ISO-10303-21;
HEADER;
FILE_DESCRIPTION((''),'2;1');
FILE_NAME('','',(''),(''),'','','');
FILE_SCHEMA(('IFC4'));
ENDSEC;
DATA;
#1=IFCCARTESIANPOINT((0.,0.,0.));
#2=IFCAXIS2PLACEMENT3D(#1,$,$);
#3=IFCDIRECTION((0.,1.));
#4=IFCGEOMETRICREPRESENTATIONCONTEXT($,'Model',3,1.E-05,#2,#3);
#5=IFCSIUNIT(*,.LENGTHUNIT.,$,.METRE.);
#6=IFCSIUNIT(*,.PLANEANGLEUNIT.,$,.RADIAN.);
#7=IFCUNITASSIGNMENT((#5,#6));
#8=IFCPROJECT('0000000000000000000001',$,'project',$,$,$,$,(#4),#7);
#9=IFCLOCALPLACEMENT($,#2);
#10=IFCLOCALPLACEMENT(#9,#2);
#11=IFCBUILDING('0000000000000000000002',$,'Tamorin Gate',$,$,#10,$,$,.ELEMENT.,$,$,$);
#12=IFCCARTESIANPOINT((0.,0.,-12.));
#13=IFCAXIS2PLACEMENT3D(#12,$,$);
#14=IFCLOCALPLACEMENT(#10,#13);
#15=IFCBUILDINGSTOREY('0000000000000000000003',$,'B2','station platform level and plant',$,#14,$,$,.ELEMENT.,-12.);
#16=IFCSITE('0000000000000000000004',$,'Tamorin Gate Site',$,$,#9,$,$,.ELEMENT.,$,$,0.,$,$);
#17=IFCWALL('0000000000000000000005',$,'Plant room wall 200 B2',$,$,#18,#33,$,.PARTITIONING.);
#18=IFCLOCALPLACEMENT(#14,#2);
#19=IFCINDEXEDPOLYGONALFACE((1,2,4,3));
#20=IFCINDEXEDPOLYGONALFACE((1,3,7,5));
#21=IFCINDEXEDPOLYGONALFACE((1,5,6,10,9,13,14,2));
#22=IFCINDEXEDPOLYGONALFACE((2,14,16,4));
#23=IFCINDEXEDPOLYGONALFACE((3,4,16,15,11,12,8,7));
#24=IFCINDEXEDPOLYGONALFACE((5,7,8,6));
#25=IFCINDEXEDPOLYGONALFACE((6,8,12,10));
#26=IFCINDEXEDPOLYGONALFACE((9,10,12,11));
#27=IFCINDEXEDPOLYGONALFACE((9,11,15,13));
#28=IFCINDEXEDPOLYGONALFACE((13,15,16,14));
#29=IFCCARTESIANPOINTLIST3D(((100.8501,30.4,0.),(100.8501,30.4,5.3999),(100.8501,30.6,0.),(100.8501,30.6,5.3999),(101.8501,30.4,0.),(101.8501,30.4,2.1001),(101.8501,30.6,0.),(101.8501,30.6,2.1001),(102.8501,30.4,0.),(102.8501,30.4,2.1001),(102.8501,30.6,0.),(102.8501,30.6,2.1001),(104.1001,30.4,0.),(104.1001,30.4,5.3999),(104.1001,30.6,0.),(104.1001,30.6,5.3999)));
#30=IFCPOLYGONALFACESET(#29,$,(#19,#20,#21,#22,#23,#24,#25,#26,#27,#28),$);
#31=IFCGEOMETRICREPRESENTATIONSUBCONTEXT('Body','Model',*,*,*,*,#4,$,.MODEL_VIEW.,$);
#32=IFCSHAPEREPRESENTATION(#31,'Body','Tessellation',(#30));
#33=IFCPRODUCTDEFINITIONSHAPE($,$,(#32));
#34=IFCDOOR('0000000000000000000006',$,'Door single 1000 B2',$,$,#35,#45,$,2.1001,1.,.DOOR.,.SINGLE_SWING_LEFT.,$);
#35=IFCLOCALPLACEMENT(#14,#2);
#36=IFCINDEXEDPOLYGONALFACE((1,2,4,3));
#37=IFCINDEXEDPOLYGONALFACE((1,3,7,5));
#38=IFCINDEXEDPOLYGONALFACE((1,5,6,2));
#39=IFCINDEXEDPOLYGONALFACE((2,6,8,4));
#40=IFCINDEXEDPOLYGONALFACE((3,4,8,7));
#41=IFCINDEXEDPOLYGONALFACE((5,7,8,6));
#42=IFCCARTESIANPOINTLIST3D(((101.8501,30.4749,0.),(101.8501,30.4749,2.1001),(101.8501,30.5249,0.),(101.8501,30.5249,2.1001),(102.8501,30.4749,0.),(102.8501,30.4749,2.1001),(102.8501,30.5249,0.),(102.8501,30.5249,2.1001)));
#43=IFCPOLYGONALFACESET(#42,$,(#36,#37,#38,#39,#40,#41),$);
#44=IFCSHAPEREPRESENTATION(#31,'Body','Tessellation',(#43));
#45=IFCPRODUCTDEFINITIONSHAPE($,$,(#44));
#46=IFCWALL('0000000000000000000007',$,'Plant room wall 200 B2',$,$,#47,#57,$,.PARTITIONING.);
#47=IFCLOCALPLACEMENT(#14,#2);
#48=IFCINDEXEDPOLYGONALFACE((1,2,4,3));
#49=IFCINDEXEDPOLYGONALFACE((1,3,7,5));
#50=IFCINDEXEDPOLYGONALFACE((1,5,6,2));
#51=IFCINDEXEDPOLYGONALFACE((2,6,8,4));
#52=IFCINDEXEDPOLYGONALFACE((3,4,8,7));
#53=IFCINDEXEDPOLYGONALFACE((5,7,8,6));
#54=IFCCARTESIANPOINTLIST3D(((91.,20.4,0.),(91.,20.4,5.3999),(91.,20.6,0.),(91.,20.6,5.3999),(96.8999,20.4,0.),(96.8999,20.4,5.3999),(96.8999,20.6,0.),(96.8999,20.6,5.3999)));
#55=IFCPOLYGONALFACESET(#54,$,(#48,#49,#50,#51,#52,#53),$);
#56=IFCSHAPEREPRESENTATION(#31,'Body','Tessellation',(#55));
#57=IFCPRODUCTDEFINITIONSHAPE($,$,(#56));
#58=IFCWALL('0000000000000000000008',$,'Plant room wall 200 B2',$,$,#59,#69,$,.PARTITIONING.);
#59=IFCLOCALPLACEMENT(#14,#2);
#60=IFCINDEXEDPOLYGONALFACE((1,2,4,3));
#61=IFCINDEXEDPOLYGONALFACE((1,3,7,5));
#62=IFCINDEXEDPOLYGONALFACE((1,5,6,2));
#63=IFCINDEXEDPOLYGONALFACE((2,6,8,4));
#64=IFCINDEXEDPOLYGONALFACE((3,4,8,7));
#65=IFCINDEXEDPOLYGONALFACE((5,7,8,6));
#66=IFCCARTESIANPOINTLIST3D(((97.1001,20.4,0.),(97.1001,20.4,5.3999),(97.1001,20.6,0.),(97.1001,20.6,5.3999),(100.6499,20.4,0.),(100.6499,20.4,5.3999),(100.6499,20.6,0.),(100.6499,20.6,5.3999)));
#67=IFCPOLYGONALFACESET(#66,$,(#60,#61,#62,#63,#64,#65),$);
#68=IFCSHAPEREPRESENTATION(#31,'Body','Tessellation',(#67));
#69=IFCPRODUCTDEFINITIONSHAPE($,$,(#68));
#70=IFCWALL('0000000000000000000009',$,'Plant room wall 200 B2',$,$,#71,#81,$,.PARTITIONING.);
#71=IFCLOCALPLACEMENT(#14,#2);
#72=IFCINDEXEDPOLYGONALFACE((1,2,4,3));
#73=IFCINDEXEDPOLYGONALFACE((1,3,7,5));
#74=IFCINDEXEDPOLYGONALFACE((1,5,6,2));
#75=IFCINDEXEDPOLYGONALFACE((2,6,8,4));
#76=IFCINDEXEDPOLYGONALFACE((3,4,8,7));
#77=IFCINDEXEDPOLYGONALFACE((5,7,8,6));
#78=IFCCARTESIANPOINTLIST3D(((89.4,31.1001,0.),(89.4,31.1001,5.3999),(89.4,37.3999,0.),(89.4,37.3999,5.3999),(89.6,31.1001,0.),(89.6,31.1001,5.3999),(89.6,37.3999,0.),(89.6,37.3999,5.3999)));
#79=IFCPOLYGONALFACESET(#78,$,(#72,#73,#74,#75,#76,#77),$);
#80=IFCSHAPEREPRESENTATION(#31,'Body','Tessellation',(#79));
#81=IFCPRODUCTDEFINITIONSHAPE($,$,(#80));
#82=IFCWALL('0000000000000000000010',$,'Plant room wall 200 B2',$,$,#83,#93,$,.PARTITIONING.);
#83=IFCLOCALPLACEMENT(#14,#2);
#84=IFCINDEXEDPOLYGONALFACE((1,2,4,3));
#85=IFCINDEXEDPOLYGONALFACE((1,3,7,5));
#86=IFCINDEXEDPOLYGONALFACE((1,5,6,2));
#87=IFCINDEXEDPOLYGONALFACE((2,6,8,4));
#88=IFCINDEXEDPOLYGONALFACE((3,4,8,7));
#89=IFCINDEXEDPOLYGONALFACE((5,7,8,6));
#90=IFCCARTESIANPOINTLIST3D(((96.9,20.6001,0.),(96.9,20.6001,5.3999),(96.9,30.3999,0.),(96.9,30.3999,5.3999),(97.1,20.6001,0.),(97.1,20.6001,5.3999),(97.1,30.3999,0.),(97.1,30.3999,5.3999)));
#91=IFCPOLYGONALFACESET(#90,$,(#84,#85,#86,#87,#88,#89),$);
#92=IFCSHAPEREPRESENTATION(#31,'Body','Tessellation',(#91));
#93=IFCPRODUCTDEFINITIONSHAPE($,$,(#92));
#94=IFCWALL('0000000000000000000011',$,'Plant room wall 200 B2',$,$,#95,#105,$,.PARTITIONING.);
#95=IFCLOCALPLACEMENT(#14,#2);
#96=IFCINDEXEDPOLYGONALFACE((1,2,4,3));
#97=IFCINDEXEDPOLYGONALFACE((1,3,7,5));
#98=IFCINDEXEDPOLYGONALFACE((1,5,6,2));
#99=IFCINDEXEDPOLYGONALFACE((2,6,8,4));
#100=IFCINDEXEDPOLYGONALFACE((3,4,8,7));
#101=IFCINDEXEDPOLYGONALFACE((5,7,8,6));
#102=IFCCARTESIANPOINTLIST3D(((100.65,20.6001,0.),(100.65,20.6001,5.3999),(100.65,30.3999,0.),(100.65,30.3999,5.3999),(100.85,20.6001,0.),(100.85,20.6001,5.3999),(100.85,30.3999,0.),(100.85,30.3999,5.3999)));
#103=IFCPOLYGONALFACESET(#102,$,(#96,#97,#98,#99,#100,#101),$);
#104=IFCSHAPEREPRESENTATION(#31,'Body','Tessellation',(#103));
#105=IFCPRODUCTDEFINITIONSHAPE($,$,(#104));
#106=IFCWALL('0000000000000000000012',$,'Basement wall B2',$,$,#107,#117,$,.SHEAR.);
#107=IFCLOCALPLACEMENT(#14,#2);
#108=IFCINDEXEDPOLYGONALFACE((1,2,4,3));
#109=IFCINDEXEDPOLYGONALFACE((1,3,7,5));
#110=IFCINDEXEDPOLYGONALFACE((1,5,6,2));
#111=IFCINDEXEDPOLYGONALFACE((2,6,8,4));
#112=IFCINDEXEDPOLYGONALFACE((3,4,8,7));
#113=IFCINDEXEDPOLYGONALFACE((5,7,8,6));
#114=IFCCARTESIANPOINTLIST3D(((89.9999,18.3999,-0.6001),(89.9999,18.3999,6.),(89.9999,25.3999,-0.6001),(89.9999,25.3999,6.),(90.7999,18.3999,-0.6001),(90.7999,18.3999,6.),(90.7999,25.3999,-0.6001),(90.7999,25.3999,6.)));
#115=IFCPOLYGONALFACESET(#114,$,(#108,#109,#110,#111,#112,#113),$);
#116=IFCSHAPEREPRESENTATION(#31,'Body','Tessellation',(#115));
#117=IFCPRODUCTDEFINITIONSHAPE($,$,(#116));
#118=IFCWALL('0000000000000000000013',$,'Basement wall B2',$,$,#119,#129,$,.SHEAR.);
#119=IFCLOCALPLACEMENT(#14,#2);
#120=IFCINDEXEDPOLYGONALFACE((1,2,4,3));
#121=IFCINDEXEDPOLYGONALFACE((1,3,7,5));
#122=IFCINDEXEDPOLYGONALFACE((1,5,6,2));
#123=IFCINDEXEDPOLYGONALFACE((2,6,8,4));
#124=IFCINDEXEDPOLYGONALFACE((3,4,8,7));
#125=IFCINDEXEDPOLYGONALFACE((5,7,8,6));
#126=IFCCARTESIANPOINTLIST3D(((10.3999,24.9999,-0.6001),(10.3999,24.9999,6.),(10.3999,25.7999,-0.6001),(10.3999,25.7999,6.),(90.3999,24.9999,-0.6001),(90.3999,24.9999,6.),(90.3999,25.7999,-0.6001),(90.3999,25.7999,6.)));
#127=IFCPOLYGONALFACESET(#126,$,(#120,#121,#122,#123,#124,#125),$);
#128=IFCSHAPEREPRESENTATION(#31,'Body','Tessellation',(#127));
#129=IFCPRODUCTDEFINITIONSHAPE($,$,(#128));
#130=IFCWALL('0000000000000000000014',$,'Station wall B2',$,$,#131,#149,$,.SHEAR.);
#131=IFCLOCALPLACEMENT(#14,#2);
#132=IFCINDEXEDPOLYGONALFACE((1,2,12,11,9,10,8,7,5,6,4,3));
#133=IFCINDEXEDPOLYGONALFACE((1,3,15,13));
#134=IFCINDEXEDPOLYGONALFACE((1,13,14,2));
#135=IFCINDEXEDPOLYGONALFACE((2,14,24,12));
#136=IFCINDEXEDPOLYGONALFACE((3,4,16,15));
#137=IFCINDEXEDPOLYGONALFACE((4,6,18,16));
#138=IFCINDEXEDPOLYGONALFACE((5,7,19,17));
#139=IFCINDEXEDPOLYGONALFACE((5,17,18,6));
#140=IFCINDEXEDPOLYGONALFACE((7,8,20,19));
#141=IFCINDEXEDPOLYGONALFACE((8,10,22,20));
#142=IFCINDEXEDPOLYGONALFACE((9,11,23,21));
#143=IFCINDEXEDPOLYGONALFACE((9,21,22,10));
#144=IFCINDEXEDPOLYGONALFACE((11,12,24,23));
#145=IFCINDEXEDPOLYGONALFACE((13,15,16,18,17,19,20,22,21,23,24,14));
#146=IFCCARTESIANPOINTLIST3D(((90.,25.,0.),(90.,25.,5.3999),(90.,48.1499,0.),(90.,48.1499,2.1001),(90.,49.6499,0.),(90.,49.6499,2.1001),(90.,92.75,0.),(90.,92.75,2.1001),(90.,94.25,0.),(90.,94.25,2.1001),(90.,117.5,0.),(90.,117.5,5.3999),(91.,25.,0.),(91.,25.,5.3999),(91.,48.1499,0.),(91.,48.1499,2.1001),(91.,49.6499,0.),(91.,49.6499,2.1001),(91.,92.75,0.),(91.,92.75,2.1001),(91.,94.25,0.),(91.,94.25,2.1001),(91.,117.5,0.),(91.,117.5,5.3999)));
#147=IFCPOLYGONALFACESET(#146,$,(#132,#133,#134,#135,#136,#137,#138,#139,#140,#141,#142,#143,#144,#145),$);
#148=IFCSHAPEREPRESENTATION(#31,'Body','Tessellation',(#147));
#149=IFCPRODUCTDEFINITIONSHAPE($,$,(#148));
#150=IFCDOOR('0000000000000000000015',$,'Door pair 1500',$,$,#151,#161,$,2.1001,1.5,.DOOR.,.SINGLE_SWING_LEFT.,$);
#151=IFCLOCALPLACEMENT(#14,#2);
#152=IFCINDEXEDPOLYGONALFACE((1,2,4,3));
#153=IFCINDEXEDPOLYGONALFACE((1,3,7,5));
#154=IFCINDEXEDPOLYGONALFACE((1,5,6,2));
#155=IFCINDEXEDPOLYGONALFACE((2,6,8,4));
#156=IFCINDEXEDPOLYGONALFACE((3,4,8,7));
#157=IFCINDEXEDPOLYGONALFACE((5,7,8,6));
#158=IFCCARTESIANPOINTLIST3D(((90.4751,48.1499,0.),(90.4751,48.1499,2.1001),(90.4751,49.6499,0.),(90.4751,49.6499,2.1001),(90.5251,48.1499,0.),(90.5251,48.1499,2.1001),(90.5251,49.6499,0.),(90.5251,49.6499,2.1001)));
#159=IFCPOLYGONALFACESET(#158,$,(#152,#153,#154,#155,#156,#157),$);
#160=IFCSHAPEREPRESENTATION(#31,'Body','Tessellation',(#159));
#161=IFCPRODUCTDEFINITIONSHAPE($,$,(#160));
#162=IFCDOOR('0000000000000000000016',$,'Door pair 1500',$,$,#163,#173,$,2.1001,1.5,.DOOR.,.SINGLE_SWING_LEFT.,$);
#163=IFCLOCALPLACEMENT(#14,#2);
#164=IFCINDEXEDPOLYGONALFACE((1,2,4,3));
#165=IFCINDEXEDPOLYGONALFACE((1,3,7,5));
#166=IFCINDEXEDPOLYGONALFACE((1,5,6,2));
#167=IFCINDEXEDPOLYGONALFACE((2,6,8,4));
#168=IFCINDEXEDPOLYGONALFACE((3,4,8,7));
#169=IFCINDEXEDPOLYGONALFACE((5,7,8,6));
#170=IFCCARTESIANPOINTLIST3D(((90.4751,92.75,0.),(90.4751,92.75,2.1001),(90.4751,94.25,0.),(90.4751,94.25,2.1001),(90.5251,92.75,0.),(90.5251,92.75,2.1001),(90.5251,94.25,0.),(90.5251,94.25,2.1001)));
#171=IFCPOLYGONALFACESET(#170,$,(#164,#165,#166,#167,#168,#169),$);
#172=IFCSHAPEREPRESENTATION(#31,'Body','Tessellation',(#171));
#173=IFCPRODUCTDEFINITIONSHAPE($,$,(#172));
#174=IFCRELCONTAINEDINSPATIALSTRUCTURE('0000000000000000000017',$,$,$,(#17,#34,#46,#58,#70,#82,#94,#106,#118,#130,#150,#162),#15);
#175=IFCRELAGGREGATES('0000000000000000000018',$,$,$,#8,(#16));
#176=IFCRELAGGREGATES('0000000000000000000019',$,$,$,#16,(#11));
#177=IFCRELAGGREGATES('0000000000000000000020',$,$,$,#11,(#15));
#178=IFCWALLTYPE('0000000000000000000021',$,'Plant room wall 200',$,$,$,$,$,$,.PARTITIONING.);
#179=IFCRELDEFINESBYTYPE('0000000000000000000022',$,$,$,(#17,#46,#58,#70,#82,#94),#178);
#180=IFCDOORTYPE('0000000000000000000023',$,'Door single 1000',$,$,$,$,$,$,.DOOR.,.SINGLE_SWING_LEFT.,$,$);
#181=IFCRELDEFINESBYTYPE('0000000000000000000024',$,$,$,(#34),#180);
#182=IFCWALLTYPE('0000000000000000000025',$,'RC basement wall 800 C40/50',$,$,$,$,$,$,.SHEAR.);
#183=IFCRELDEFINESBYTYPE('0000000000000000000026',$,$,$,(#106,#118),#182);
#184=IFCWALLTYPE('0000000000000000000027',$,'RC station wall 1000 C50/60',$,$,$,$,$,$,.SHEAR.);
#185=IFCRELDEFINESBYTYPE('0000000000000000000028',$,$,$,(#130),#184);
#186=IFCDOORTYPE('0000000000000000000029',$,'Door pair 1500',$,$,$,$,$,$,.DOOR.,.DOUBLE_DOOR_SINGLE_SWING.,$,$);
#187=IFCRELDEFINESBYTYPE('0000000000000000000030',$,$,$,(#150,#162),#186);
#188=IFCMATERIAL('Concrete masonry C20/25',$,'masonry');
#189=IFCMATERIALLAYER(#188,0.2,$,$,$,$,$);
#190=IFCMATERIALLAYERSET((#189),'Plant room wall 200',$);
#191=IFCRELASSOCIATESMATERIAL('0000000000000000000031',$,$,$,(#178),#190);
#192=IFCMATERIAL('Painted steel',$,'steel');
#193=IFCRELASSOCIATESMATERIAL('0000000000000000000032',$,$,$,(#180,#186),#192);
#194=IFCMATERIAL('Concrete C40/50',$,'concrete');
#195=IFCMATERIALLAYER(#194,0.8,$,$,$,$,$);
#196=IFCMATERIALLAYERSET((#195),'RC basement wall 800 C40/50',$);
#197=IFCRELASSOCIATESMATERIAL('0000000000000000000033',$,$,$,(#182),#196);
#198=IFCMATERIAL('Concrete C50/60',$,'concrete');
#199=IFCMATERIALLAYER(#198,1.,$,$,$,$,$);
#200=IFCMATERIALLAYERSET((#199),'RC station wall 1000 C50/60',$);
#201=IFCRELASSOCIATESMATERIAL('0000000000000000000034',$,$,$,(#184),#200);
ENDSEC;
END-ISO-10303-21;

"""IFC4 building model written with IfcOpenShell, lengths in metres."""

from ifc_helpers import new_model, si_unit, direction, frame, frame_2d, origin, place, context, subcontext, project, spatial, rectangle, extrude, material, layer, layer_set, type_object, element, fill, save


model = new_model("IFC4")

# Units and contexts
model_context = context("Model", 3, precision=1e-05, world=origin(), true_north=direction((0.0, 1.0)))
body_context = subcontext(model_context, "Body", "Model", "MODEL_VIEW")
ifc_project = project(units=[si_unit("LENGTHUNIT", "METRE"), si_unit("PLANEANGLEUNIT", "RADIAN")], contexts=[model_context])

# Site, building, storey
site_placement = place(None, origin())
site = spatial("IfcSite", under=ifc_project, at=site_placement, Name="Tamorin Gate Site", CompositionType="ELEMENT", RefElevation=0.0)
building_placement = place(site_placement, origin())
building = spatial("IfcBuilding", under=site, at=building_placement, Name="Tamorin Gate", CompositionType="ELEMENT")
storey_placement = place(building_placement, frame((0.0, 0.0, -12.0)))
storey = spatial("IfcBuildingStorey", under=building, at=storey_placement, Name="B2", Description="station platform level and plant", CompositionType="ELEMENT", Elevation=-12.0)

# Shared definitions
ifc_material_1 = material(Name="Concrete C40/50", Category="concrete")

# Shared definitions
ifc_material_2 = material(Name="Concrete masonry C20/25", Category="masonry")
ifc_layer_1 = layer(ifc_material_2, 0.2)
ifc_layer_set_1 = layer_set([ifc_layer_1], Name="Plant room wall 200")
wall_type_1 = type_object("IfcWallType", Name="Plant room wall 200", PredefinedType="PARTITIONING", material=ifc_layer_set_1)

# Wall, opening, door
ifc_material_3 = material(Name="Painted steel", Category="steel")
door_type_1 = type_object("IfcDoorType", Name="Door single 1000", OperationType="SINGLE_SWING_LEFT", PredefinedType="DOOR", material=ifc_material_3)
wall_1_placement = place(storey_placement, frame((100.8501, 30.5, 0.0), z_axis=(0.0, 0.0, 1.0), x_axis=(1.0, 0.0, 0.0)))
wall_1 = element("IfcWall", 1, at=wall_1_placement, inside=storey, type_object=wall_type_1, Name="Plant room wall 200 B2", PredefinedType="PARTITIONING", context=body_context, shape_type="SweptSolid", body=[
    extrude(rectangle(XDim=3.25, YDim=0.2, at=frame_2d((1.625, 0.0))), origin(), (0.0, 0.0, 1.0), 5.3999),
])
opening_1_placement = place(wall_1_placement, frame((1.0, 0.0, 0.0)))
opening_1 = element("IfcOpeningElement", 2, at=opening_1_placement, cuts=wall_1, PredefinedType="OPENING", context=body_context, shape_type="SweptSolid", body=[
    extrude(rectangle(XDim=1.0, YDim=2.1001, at=frame_2d((0.5, 1.05))), frame((0.0, 0.1099, 0.0), z_axis=(0.0, -1.0, 0.0), x_axis=(1.0, 0.0, 0.0)), (0.0, 0.0, 1.0), 0.22),
])
door_1_placement = place(opening_1_placement, origin())
door_1 = element("IfcDoor", 3, at=door_1_placement, inside=storey, type_object=door_type_1, Name="Door single 1000 B2", OperationType="SINGLE_SWING_LEFT", OverallHeight=2.1001, OverallWidth=1.0, PredefinedType="DOOR", context=body_context, shape_type="SweptSolid", body=[
    extrude(rectangle(XDim=1.0, YDim=2.1001, at=frame_2d((0.5, 1.05))), frame((0.0, 0.0249, 0.0), z_axis=(0.0, -1.0, 0.0), x_axis=(1.0, 0.0, 0.0)), (0.0, 0.0, 1.0), 0.05),
])
fill(opening_1, door_1)

# Walls
wall_2_placement = place(storey_placement, frame((91.0, 20.5, 0.0), z_axis=(0.0, 0.0, 1.0), x_axis=(1.0, 0.0, 0.0)))
element("IfcWall", 4, at=wall_2_placement, inside=storey, type_object=wall_type_1, Name="Plant room wall 200 B2", PredefinedType="PARTITIONING", context=body_context, shape_type="SweptSolid", body=[
    extrude(rectangle(XDim=5.8999, YDim=0.2, at=frame_2d((2.95, 0.0))), origin(), (0.0, 0.0, 1.0), 5.3999),
])
wall_3_placement = place(storey_placement, frame((97.1001, 20.5, 0.0), z_axis=(0.0, 0.0, 1.0), x_axis=(1.0, 0.0, 0.0)))
element("IfcWall", 5, at=wall_3_placement, inside=storey, type_object=wall_type_1, Name="Plant room wall 200 B2", PredefinedType="PARTITIONING", context=body_context, shape_type="SweptSolid", body=[
    extrude(rectangle(XDim=3.5498, YDim=0.2, at=frame_2d((1.7749, 0.0))), origin(), (0.0, 0.0, 1.0), 5.3999),
])
wall_4_placement = place(storey_placement, frame((89.5, 31.1001, 0.0), z_axis=(0.0, 0.0, 1.0), x_axis=(0.0, 1.0, 0.0)))
element("IfcWall", 6, at=wall_4_placement, inside=storey, type_object=wall_type_1, Name="Plant room wall 200 B2", PredefinedType="PARTITIONING", context=body_context, shape_type="SweptSolid", body=[
    extrude(rectangle(XDim=6.2998, YDim=0.2, at=frame_2d((3.1499, 0.0))), origin(), (0.0, 0.0, 1.0), 5.3999),
])
for number, where, z_axis, x_axis, name in (
    (7, (97.0, 20.6001, 0.0), (0.0, 0.0, 1.0), (0.0, 1.0, 0.0), "Plant room wall 200 B2"),
    (8, (100.75, 20.6001, 0.0), (0.0, 0.0, 1.0), (0.0, 1.0, 0.0), "Plant room wall 200 B2"),
):
    element("IfcWall", number, at=place(storey_placement, frame(where, z_axis=z_axis, x_axis=x_axis)), inside=storey, type_object=wall_type_1, Name=name, PredefinedType="PARTITIONING", context=body_context, shape_type="SweptSolid", body=[
        extrude(rectangle(XDim=9.7998, YDim=0.2, at=frame_2d((4.8999, 0.0))), origin(), (0.0, 0.0, 1.0), 5.3999),
    ])
ifc_layer_2 = layer(ifc_material_1, 0.8)
ifc_layer_set_2 = layer_set([ifc_layer_2], Name="RC basement wall 800 C40/50")
wall_type_2 = type_object("IfcWallType", Name="RC basement wall 800 C40/50", PredefinedType="SHEAR", material=ifc_layer_set_2)
wall_5_placement = place(storey_placement, frame((90.3999, 18.3999, -0.6001), z_axis=(0.0, 0.0, 1.0), x_axis=(0.0, 1.0, 0.0)))
element("IfcWall", 9, at=wall_5_placement, inside=storey, type_object=wall_type_2, Name="Basement wall B2", PredefinedType="SHEAR", context=body_context, shape_type="SweptSolid", body=[
    extrude(rectangle(XDim=7.0, YDim=0.8, at=frame_2d((3.5, 0.0))), origin(), (0.0, 0.0, 1.0), 6.6001),
])
wall_6_placement = place(storey_placement, frame((90.3999, 25.3999, -0.6001), z_axis=(0.0, 0.0, 1.0), x_axis=(-1.0, 0.0, 0.0)))
element("IfcWall", 10, at=wall_6_placement, inside=storey, type_object=wall_type_2, Name="Basement wall B2", PredefinedType="SHEAR", context=body_context, shape_type="SweptSolid", body=[
    extrude(rectangle(XDim=80.0, YDim=0.8, at=frame_2d((40.0, 0.0))), origin(), (0.0, 0.0, 1.0), 6.6001),
])

# Wall, openings, doors
ifc_material_4 = material(Name="Concrete C50/60", Category="concrete")
ifc_layer_3 = layer(ifc_material_4, 1.0)
ifc_layer_set_3 = layer_set([ifc_layer_3], Name="RC station wall 1000 C50/60")
wall_type_3 = type_object("IfcWallType", Name="RC station wall 1000 C50/60", PredefinedType="SHEAR", material=ifc_layer_set_3)
wall_7_placement = place(storey_placement, frame((90.5, 25.0, 0.0), z_axis=(0.0, 0.0, 1.0), x_axis=(0.0, 1.0, 0.0)))
wall_7 = element("IfcWall", 11, at=wall_7_placement, inside=storey, type_object=wall_type_3, Name="Station wall B2", PredefinedType="SHEAR", context=body_context, shape_type="SweptSolid", body=[
    extrude(rectangle(XDim=92.5, YDim=1.0, at=frame_2d((46.25, 0.0))), origin(), (0.0, 0.0, 1.0), 5.3999),
])
opening_2_placement = place(wall_7_placement, frame((23.1499, 0.0, 0.0)))
opening_2 = element("IfcOpeningElement", 12, at=opening_2_placement, cuts=wall_7, PredefinedType="OPENING", context=body_context, shape_type="SweptSolid", body=[
    extrude(rectangle(XDim=1.5, YDim=2.1001, at=frame_2d((0.75, 1.05))), frame((0.0, 0.51, 0.0), z_axis=(0.0, -1.0, 0.0), x_axis=(1.0, 0.0, 0.0)), (0.0, 0.0, 1.0), 1.02),
])
opening_3_placement = place(wall_7_placement, frame((67.75, 0.0, 0.0)))
opening_3 = element("IfcOpeningElement", 13, at=opening_3_placement, cuts=wall_7, PredefinedType="OPENING", context=body_context, shape_type="SweptSolid", body=[
    extrude(rectangle(XDim=1.5, YDim=2.1001, at=frame_2d((0.75, 1.05))), frame((0.0, 0.51, 0.0), z_axis=(0.0, -1.0, 0.0), x_axis=(1.0, 0.0, 0.0)), (0.0, 0.0, 1.0), 1.02),
])
door_type_2 = type_object("IfcDoorType", Name="Door pair 1500", OperationType="DOUBLE_DOOR_SINGLE_SWING", PredefinedType="DOOR", material=ifc_material_3)
door_2_placement = place(opening_2_placement, origin())
door_2 = element("IfcDoor", 14, at=door_2_placement, inside=storey, type_object=door_type_2, Name="Door pair 1500", OperationType="SINGLE_SWING_LEFT", OverallHeight=2.1001, OverallWidth=1.5, PredefinedType="DOOR", context=body_context, shape_type="SweptSolid", body=[
    extrude(rectangle(XDim=1.5, YDim=2.1001, at=frame_2d((0.75, 1.05))), frame((0.0, 0.0249, 0.0), z_axis=(0.0, -1.0, 0.0), x_axis=(1.0, 0.0, 0.0)), (0.0, 0.0, 1.0), 0.05),
])
fill(opening_2, door_2)
door_3_placement = place(opening_3_placement, origin())
door_3 = element("IfcDoor", 15, at=door_3_placement, inside=storey, type_object=door_type_2, Name="Door pair 1500", OperationType="SINGLE_SWING_LEFT", OverallHeight=2.1001, OverallWidth=1.5, PredefinedType="DOOR", context=body_context, shape_type="SweptSolid", body=[
    extrude(rectangle(XDim=1.5, YDim=2.1001, at=frame_2d((0.75, 1.05))), frame((0.0, 0.0249, 0.0), z_axis=(0.0, -1.0, 0.0), x_axis=(1.0, 0.0, 0.0)), (0.0, 0.0, 1.0), 0.05),
])
fill(opening_3, door_3)

save(model, "model.ifc")
